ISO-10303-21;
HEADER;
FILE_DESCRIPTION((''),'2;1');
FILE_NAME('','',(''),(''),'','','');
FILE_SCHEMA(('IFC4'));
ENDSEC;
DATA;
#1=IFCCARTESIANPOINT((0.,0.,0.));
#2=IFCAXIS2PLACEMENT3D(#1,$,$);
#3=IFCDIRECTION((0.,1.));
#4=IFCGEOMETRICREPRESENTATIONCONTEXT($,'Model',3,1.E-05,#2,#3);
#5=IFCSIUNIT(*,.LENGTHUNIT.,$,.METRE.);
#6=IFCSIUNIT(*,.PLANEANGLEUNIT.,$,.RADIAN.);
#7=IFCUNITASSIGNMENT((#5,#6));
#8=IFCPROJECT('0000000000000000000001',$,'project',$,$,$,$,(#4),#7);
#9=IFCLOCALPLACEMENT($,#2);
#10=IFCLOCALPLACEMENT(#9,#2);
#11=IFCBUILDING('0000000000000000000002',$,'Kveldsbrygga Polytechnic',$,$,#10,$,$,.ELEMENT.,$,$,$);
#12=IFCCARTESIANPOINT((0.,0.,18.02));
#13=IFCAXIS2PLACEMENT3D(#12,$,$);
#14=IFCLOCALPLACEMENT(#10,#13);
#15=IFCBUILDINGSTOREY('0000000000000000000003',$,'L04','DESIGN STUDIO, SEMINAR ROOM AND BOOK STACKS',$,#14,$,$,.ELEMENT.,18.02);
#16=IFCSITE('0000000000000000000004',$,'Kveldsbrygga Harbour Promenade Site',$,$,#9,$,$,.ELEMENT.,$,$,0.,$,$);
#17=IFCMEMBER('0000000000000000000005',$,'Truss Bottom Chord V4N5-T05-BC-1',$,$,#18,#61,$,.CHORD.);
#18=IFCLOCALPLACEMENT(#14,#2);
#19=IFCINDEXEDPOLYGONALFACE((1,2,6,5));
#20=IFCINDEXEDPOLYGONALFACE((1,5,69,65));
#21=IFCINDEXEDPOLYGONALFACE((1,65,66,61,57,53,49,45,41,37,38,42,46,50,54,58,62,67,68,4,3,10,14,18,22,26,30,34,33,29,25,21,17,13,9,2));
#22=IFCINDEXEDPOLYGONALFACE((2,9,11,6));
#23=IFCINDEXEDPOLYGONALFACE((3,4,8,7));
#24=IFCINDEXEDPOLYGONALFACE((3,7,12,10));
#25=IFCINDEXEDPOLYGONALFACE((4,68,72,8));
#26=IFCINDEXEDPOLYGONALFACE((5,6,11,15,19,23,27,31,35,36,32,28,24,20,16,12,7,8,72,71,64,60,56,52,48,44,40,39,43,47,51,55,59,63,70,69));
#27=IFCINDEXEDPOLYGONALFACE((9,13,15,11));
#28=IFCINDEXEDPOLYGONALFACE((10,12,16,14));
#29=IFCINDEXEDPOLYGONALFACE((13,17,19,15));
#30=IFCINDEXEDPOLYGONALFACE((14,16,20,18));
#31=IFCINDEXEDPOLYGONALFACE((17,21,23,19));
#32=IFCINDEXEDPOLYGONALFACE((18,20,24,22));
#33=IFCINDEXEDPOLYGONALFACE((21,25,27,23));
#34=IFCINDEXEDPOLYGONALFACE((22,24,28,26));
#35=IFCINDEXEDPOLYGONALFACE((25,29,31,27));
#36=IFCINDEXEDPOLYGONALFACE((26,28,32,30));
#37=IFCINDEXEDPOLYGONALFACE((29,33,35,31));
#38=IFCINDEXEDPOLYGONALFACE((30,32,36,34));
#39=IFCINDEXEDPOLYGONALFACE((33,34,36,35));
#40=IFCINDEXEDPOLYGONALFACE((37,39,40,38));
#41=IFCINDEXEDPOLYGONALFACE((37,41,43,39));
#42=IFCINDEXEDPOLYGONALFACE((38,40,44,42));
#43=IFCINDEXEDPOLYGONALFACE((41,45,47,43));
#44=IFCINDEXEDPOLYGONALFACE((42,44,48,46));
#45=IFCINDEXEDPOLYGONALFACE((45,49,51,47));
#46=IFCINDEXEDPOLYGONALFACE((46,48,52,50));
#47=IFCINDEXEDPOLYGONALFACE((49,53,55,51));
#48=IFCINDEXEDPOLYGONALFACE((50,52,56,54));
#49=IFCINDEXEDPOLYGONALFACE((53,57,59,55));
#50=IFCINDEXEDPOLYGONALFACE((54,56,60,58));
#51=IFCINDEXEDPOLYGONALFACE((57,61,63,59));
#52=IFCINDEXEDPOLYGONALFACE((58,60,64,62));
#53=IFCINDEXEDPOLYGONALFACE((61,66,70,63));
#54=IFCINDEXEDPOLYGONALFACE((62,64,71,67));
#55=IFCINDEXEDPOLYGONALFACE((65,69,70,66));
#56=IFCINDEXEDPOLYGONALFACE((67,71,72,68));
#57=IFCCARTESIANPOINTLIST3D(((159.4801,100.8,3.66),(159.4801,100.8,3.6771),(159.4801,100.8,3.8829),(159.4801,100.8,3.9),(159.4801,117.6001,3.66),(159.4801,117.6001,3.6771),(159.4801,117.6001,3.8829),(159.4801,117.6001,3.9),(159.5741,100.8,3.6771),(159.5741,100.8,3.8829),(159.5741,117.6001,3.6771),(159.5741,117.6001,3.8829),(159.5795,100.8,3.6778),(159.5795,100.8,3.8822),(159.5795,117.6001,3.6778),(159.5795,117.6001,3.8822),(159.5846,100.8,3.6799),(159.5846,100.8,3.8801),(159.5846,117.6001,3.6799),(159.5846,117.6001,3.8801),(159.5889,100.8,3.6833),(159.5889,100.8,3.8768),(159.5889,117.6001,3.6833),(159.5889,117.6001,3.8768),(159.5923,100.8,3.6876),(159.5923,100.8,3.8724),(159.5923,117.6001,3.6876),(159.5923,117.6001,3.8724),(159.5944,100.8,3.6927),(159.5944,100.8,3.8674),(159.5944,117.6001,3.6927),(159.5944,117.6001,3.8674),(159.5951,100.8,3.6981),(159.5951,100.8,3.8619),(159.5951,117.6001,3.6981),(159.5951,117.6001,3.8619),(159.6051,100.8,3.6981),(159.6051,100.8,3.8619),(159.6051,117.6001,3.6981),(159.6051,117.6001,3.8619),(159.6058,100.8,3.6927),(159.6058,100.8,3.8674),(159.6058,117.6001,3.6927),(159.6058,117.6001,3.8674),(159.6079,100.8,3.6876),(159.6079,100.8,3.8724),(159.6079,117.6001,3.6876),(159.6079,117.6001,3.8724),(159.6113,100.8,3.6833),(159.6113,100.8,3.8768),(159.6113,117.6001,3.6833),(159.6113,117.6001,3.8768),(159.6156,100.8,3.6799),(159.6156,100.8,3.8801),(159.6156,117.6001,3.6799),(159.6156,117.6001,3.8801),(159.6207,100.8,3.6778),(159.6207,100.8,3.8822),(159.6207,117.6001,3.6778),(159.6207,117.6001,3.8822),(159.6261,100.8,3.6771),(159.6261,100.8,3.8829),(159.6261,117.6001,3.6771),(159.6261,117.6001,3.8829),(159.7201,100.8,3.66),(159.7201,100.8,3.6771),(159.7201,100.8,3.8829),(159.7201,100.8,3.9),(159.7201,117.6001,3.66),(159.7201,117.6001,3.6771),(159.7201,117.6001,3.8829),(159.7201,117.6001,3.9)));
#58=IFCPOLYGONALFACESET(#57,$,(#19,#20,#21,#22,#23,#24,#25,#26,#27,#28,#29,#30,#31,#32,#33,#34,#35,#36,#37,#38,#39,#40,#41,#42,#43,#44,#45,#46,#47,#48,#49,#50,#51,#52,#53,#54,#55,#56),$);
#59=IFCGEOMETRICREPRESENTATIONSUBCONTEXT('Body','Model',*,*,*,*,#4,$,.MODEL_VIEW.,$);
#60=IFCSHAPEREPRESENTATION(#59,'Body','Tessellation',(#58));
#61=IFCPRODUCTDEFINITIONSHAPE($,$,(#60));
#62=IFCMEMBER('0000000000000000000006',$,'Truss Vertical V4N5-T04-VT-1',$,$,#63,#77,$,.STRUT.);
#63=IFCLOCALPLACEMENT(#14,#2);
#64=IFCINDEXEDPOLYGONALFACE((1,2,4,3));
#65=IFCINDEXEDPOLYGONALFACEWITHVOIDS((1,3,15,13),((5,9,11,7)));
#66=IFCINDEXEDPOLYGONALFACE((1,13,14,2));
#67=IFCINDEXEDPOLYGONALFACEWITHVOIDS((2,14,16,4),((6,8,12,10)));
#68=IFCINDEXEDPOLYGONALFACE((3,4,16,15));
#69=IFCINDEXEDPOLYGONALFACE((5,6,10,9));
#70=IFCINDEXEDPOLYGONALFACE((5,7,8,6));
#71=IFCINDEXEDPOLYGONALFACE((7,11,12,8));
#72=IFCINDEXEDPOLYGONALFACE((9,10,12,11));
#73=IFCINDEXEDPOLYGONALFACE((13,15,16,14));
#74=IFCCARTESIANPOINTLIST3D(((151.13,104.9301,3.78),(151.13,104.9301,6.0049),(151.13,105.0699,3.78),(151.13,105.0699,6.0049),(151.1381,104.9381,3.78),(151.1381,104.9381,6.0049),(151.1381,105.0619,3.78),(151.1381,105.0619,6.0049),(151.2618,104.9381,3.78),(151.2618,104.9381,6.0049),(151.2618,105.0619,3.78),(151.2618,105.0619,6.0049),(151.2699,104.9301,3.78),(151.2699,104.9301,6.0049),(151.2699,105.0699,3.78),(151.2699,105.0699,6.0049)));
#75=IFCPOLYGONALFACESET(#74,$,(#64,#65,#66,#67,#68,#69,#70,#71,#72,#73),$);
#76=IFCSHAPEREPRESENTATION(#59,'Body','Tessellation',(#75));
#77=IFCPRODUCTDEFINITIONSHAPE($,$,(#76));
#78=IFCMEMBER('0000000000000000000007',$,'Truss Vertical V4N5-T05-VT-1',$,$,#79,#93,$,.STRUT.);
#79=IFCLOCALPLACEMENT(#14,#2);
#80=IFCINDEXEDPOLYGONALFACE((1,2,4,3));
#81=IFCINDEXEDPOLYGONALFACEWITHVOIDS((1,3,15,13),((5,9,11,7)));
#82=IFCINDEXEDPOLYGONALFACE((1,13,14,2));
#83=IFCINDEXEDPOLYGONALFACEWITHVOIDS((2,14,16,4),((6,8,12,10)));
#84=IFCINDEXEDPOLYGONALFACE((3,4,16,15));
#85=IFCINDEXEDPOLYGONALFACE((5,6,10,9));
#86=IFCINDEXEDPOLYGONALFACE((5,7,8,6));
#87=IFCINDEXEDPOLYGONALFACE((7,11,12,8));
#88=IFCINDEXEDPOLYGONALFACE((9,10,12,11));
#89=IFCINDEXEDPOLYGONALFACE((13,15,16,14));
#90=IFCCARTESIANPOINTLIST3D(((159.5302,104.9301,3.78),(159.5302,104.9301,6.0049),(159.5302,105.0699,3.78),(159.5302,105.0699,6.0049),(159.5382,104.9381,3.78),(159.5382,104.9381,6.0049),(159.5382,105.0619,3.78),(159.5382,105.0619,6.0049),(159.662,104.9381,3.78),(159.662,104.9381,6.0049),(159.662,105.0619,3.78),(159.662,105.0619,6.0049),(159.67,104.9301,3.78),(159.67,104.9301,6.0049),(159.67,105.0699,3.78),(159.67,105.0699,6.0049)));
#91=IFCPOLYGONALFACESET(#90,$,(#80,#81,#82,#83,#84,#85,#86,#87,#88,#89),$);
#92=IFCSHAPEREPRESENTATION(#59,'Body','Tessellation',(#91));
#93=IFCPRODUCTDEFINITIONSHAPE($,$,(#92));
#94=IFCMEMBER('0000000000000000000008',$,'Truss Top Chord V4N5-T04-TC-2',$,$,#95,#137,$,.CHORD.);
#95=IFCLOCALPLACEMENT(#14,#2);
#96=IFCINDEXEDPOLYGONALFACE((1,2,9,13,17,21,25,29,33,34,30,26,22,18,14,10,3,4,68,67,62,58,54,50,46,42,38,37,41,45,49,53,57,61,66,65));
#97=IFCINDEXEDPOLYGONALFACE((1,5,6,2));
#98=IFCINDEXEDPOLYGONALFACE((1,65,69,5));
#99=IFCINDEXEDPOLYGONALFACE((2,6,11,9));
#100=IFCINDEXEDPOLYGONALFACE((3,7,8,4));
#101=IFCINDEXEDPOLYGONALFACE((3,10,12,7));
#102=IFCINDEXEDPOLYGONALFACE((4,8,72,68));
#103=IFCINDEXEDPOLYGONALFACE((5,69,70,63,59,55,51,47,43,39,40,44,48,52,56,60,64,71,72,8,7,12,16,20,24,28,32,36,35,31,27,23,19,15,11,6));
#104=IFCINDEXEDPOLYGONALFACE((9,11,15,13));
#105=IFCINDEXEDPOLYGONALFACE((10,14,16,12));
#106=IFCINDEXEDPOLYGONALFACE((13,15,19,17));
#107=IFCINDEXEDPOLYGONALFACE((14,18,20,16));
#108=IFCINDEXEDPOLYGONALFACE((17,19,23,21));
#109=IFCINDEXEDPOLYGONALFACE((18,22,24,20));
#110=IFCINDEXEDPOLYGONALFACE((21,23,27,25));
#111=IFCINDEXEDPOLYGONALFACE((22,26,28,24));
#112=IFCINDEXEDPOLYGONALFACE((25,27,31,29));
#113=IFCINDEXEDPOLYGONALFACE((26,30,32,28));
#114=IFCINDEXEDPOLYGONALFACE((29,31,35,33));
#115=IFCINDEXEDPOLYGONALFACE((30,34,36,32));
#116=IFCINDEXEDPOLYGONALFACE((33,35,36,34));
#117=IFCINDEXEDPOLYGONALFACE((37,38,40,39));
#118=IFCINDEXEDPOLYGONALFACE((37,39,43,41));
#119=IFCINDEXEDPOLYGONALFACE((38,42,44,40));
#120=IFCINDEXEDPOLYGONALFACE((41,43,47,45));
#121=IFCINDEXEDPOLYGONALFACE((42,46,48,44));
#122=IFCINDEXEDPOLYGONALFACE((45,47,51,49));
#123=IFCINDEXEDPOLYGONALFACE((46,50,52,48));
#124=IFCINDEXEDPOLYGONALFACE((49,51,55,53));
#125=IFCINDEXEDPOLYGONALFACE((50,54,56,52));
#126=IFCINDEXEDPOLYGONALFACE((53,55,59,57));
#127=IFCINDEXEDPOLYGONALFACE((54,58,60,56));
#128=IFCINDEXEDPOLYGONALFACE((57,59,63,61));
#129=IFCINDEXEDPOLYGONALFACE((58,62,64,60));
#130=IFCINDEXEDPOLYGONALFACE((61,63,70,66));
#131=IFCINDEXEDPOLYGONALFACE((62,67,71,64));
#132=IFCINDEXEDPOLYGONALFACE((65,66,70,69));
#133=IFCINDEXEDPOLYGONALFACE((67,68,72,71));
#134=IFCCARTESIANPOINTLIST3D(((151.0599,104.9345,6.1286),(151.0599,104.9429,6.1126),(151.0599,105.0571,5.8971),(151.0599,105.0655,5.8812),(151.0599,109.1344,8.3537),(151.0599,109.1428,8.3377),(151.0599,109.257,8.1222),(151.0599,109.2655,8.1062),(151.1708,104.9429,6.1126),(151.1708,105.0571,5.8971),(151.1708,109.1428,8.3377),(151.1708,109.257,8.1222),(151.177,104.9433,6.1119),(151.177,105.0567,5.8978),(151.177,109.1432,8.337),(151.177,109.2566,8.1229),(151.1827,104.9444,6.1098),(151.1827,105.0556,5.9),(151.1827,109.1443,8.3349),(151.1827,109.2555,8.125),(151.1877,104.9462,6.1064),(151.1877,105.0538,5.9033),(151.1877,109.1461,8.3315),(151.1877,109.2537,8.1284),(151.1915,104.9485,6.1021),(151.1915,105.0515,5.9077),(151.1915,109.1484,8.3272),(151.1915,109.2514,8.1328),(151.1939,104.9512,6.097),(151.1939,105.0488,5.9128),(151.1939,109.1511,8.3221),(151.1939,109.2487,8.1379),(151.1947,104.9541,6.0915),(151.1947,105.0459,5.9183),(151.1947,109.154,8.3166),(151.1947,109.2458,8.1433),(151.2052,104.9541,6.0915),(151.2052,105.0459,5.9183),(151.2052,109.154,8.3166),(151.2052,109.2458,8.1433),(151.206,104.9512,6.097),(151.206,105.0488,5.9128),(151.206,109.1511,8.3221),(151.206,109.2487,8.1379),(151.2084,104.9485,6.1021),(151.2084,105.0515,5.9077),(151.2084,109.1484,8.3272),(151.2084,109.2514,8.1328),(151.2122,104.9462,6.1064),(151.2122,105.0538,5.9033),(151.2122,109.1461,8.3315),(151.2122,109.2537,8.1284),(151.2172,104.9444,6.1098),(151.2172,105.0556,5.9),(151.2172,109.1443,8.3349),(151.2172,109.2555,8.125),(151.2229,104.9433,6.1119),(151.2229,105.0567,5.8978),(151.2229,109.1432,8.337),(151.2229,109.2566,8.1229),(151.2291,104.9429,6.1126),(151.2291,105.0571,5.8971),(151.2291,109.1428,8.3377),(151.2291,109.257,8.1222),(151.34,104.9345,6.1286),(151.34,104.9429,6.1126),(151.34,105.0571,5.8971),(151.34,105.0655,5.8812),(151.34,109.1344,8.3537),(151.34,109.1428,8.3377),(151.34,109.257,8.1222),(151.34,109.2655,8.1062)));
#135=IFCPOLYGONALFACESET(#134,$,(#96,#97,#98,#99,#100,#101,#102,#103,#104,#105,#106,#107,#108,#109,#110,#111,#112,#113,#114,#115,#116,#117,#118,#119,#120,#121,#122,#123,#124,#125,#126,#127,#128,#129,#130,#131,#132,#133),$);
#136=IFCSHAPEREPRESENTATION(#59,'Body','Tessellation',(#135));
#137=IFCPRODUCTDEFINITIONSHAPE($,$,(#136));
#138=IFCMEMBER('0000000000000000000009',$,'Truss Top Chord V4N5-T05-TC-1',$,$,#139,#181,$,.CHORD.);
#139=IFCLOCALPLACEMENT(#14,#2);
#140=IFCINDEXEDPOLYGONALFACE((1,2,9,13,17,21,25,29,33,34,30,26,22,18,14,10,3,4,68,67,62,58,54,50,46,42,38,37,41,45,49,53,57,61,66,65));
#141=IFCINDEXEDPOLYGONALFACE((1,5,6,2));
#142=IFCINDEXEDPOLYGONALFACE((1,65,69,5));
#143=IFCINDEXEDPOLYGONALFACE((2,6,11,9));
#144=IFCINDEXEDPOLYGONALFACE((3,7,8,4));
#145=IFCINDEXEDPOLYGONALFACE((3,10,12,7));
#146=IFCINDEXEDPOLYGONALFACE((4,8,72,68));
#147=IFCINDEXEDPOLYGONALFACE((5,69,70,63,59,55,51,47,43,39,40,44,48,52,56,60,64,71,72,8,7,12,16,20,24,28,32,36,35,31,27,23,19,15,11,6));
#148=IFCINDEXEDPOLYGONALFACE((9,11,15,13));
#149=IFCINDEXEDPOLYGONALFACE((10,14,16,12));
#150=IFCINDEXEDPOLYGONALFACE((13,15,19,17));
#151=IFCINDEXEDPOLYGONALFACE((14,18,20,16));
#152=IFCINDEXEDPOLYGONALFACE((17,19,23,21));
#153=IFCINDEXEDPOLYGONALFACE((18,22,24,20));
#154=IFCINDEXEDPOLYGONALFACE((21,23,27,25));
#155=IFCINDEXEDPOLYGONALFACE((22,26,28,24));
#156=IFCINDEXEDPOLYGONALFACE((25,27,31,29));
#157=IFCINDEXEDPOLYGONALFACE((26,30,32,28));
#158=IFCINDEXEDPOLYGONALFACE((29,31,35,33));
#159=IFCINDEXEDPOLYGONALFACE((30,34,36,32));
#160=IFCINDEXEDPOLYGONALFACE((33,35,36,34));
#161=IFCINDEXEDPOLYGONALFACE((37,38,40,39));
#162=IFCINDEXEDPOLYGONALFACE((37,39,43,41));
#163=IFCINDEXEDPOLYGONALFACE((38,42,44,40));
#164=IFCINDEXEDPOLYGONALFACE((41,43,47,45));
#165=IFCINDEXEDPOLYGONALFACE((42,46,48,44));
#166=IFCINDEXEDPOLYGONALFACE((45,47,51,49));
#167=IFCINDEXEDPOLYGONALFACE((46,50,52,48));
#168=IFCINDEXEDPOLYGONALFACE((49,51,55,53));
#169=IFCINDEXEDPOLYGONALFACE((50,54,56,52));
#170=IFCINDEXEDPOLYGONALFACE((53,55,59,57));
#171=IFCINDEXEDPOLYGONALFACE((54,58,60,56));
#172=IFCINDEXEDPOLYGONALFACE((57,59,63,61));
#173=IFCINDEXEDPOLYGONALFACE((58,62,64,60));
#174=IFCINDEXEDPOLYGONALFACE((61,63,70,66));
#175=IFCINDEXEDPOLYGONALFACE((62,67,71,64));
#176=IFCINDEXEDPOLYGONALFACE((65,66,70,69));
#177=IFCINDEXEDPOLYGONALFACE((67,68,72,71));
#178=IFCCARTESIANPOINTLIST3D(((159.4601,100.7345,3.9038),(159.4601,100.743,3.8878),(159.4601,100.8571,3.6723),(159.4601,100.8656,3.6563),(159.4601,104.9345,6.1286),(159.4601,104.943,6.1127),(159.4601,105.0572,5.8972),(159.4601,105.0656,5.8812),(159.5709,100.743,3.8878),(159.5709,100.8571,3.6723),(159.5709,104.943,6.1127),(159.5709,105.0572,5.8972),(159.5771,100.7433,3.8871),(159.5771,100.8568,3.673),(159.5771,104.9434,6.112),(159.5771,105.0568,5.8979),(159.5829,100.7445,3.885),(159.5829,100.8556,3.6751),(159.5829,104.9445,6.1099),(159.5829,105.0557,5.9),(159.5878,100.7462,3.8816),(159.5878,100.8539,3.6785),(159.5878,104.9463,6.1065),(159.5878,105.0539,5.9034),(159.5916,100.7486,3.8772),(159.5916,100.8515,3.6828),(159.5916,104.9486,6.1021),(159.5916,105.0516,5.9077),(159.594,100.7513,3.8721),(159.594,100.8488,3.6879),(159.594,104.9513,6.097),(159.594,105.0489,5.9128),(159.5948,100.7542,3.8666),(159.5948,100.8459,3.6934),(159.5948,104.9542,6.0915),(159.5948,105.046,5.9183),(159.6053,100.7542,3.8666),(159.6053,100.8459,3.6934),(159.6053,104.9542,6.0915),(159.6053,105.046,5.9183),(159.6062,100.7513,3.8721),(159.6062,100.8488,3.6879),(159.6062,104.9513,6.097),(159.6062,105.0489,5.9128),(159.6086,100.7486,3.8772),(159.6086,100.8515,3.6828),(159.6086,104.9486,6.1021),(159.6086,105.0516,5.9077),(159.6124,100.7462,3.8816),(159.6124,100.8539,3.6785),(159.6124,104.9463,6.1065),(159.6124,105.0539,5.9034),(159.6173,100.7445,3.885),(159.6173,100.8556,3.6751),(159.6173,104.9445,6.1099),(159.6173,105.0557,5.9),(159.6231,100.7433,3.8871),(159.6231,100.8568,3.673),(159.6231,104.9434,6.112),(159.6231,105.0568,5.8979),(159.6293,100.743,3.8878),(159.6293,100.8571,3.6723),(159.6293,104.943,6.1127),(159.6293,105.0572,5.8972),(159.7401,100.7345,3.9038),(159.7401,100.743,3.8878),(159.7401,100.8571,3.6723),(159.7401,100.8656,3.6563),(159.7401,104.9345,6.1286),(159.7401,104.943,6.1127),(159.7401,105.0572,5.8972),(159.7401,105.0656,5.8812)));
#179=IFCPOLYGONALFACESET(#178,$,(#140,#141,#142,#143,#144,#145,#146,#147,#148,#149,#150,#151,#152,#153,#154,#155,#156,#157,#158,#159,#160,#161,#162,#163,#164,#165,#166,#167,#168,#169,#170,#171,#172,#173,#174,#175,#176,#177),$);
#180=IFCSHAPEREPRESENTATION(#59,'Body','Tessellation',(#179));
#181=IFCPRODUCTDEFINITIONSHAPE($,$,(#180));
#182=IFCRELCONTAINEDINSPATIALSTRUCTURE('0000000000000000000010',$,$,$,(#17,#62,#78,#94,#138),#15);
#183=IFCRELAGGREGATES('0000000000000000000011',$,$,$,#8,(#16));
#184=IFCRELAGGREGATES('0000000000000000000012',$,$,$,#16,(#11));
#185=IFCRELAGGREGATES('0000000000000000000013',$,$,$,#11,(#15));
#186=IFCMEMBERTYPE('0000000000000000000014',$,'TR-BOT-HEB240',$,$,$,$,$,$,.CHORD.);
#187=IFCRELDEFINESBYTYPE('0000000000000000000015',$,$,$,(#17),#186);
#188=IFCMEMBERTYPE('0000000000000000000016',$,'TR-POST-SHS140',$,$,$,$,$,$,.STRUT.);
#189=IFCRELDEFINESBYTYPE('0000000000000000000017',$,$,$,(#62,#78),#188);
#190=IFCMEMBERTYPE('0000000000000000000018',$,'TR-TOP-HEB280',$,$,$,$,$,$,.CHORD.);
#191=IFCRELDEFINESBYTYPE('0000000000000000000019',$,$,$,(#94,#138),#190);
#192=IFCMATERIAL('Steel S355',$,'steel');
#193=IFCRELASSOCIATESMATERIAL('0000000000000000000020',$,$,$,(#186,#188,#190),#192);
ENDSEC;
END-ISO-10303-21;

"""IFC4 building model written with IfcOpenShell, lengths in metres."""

from ifc_helpers import new_model, si_unit, direction, frame, origin, origin_2d, place, context, subcontext, project, spatial, hollow_rectangle, i_section, extrude, material, material_profile, profile_set, type_object, element, save


model = new_model("IFC4")

# Units and contexts
model_context = context("Model", 3, precision=1e-05, world=origin(), true_north=direction((0.0, 1.0)))
body_context = subcontext(model_context, "Body", "Model", "MODEL_VIEW")
ifc_project = project(units=[si_unit("LENGTHUNIT", "METRE"), si_unit("PLANEANGLEUNIT", "RADIAN")], contexts=[model_context])

# Site, building, storey
site_placement = place(None, origin())
site = spatial("IfcSite", under=ifc_project, at=site_placement, Name="Kveldsbrygga Harbour Promenade Site", CompositionType="ELEMENT", RefElevation=0.0)
building_placement = place(site_placement, origin())
building = spatial("IfcBuilding", under=site, at=building_placement, Name="Kveldsbrygga Polytechnic", CompositionType="ELEMENT")
storey_placement = place(building_placement, frame((0.0, 0.0, 18.02)))
storey = spatial("IfcBuildingStorey", under=building, at=storey_placement, Name="L04", Description="DESIGN STUDIO, SEMINAR ROOM AND BOOK STACKS", CompositionType="ELEMENT", Elevation=18.02)

# Members
ifc_material_1 = material(Name="Steel S355", Category="steel")
ifc_material_profile_1 = material_profile(ifc_material_1, i_section(OverallWidth=0.24, OverallDepth=0.24, WebThickness=0.01, FlangeThickness=0.0171, FilletRadius=0.021, at=origin_2d()), Name="HEB 240")
ifc_profile_set_1 = profile_set([ifc_material_profile_1], Name="Steel S355")
member_type_1 = type_object("IfcMemberType", Name="TR-BOT-HEB240", PredefinedType="CHORD", material=ifc_profile_set_1)
member_1_placement = place(storey_placement, frame((159.6001, 100.8, 3.78), z_axis=(0.0, 1.0, 0.0), x_axis=(-1.0, 0.0, 0.0)))
element("IfcMember", 1, at=member_1_placement, inside=storey, type_object=member_type_1, Name="Truss Bottom Chord V4N5-T05-BC-1", PredefinedType="CHORD", context=body_context, shape_type="SweptSolid", body=[
    extrude(i_section(OverallWidth=0.24, OverallDepth=0.24, WebThickness=0.01, FlangeThickness=0.0171, FilletRadius=0.021, at=origin_2d()), origin(), (0.0, 0.0, 1.0), 16.8),
])
ifc_material_profile_2 = material_profile(ifc_material_1, hollow_rectangle(XDim=0.1399, YDim=0.1399, WallThickness=0.0081, at=origin_2d()), Name="SHS 140x140x8.0")
ifc_profile_set_2 = profile_set([ifc_material_profile_2], Name="Steel S355")
member_type_2 = type_object("IfcMemberType", Name="TR-POST-SHS140", PredefinedType="STRUT", material=ifc_profile_set_2)
for number, where, z_axis, x_axis, name in (
    (2, (151.2, 105.0, 3.78), (0.0, 0.0, 1.0), (1.0, 0.0, 0.0), "Truss Vertical V4N5-T04-VT-1"),
    (3, (159.6001, 105.0, 3.78), (0.0, 0.0, 1.0), (1.0, 0.0, 0.0), "Truss Vertical V4N5-T05-VT-1"),
):
    element("IfcMember", number, at=place(storey_placement, frame(where, z_axis=z_axis, x_axis=x_axis)), inside=storey, type_object=member_type_2, Name=name, PredefinedType="STRUT", context=body_context, shape_type="SweptSolid", body=[
        extrude(hollow_rectangle(XDim=0.1399, YDim=0.1399, WallThickness=0.0081, at=origin_2d()), origin(), (0.0, 0.0, 1.0), 2.2249),
    ])
ifc_material_profile_3 = material_profile(ifc_material_1, i_section(OverallWidth=0.28, OverallDepth=0.28, WebThickness=0.0105, FlangeThickness=0.0181, FilletRadius=0.0239, at=origin_2d()), Name="HEB 280")
ifc_profile_set_3 = profile_set([ifc_material_profile_3], Name="Steel S355")
member_type_3 = type_object("IfcMemberType", Name="TR-TOP-HEB280", PredefinedType="CHORD", material=ifc_profile_set_3)
for number, where, z_axis, x_axis, name in (
    (4, (151.2, 105.0, 6.0049), (0.0, 0.883649, 0.46815), (-1.0, 0.0, 0.0), "Truss Top Chord V4N5-T04-TC-2"),
    (5, (159.6001, 100.8, 3.78), (0.0, 0.88367, 0.46811), (-1.0, 0.0, 0.0), "Truss Top Chord V4N5-T05-TC-1"),
):
    element("IfcMember", number, at=place(storey_placement, frame(where, z_axis=z_axis, x_axis=x_axis)), inside=storey, type_object=member_type_3, Name=name, PredefinedType="CHORD", context=body_context, shape_type="SweptSolid", body=[
        extrude(i_section(OverallWidth=0.28, OverallDepth=0.28, WebThickness=0.0105, FlangeThickness=0.0181, FilletRadius=0.0239, at=origin_2d()), origin(), (0.0, 0.0, 1.0), 4.7529),
    ])

save(model, "model.ifc")
